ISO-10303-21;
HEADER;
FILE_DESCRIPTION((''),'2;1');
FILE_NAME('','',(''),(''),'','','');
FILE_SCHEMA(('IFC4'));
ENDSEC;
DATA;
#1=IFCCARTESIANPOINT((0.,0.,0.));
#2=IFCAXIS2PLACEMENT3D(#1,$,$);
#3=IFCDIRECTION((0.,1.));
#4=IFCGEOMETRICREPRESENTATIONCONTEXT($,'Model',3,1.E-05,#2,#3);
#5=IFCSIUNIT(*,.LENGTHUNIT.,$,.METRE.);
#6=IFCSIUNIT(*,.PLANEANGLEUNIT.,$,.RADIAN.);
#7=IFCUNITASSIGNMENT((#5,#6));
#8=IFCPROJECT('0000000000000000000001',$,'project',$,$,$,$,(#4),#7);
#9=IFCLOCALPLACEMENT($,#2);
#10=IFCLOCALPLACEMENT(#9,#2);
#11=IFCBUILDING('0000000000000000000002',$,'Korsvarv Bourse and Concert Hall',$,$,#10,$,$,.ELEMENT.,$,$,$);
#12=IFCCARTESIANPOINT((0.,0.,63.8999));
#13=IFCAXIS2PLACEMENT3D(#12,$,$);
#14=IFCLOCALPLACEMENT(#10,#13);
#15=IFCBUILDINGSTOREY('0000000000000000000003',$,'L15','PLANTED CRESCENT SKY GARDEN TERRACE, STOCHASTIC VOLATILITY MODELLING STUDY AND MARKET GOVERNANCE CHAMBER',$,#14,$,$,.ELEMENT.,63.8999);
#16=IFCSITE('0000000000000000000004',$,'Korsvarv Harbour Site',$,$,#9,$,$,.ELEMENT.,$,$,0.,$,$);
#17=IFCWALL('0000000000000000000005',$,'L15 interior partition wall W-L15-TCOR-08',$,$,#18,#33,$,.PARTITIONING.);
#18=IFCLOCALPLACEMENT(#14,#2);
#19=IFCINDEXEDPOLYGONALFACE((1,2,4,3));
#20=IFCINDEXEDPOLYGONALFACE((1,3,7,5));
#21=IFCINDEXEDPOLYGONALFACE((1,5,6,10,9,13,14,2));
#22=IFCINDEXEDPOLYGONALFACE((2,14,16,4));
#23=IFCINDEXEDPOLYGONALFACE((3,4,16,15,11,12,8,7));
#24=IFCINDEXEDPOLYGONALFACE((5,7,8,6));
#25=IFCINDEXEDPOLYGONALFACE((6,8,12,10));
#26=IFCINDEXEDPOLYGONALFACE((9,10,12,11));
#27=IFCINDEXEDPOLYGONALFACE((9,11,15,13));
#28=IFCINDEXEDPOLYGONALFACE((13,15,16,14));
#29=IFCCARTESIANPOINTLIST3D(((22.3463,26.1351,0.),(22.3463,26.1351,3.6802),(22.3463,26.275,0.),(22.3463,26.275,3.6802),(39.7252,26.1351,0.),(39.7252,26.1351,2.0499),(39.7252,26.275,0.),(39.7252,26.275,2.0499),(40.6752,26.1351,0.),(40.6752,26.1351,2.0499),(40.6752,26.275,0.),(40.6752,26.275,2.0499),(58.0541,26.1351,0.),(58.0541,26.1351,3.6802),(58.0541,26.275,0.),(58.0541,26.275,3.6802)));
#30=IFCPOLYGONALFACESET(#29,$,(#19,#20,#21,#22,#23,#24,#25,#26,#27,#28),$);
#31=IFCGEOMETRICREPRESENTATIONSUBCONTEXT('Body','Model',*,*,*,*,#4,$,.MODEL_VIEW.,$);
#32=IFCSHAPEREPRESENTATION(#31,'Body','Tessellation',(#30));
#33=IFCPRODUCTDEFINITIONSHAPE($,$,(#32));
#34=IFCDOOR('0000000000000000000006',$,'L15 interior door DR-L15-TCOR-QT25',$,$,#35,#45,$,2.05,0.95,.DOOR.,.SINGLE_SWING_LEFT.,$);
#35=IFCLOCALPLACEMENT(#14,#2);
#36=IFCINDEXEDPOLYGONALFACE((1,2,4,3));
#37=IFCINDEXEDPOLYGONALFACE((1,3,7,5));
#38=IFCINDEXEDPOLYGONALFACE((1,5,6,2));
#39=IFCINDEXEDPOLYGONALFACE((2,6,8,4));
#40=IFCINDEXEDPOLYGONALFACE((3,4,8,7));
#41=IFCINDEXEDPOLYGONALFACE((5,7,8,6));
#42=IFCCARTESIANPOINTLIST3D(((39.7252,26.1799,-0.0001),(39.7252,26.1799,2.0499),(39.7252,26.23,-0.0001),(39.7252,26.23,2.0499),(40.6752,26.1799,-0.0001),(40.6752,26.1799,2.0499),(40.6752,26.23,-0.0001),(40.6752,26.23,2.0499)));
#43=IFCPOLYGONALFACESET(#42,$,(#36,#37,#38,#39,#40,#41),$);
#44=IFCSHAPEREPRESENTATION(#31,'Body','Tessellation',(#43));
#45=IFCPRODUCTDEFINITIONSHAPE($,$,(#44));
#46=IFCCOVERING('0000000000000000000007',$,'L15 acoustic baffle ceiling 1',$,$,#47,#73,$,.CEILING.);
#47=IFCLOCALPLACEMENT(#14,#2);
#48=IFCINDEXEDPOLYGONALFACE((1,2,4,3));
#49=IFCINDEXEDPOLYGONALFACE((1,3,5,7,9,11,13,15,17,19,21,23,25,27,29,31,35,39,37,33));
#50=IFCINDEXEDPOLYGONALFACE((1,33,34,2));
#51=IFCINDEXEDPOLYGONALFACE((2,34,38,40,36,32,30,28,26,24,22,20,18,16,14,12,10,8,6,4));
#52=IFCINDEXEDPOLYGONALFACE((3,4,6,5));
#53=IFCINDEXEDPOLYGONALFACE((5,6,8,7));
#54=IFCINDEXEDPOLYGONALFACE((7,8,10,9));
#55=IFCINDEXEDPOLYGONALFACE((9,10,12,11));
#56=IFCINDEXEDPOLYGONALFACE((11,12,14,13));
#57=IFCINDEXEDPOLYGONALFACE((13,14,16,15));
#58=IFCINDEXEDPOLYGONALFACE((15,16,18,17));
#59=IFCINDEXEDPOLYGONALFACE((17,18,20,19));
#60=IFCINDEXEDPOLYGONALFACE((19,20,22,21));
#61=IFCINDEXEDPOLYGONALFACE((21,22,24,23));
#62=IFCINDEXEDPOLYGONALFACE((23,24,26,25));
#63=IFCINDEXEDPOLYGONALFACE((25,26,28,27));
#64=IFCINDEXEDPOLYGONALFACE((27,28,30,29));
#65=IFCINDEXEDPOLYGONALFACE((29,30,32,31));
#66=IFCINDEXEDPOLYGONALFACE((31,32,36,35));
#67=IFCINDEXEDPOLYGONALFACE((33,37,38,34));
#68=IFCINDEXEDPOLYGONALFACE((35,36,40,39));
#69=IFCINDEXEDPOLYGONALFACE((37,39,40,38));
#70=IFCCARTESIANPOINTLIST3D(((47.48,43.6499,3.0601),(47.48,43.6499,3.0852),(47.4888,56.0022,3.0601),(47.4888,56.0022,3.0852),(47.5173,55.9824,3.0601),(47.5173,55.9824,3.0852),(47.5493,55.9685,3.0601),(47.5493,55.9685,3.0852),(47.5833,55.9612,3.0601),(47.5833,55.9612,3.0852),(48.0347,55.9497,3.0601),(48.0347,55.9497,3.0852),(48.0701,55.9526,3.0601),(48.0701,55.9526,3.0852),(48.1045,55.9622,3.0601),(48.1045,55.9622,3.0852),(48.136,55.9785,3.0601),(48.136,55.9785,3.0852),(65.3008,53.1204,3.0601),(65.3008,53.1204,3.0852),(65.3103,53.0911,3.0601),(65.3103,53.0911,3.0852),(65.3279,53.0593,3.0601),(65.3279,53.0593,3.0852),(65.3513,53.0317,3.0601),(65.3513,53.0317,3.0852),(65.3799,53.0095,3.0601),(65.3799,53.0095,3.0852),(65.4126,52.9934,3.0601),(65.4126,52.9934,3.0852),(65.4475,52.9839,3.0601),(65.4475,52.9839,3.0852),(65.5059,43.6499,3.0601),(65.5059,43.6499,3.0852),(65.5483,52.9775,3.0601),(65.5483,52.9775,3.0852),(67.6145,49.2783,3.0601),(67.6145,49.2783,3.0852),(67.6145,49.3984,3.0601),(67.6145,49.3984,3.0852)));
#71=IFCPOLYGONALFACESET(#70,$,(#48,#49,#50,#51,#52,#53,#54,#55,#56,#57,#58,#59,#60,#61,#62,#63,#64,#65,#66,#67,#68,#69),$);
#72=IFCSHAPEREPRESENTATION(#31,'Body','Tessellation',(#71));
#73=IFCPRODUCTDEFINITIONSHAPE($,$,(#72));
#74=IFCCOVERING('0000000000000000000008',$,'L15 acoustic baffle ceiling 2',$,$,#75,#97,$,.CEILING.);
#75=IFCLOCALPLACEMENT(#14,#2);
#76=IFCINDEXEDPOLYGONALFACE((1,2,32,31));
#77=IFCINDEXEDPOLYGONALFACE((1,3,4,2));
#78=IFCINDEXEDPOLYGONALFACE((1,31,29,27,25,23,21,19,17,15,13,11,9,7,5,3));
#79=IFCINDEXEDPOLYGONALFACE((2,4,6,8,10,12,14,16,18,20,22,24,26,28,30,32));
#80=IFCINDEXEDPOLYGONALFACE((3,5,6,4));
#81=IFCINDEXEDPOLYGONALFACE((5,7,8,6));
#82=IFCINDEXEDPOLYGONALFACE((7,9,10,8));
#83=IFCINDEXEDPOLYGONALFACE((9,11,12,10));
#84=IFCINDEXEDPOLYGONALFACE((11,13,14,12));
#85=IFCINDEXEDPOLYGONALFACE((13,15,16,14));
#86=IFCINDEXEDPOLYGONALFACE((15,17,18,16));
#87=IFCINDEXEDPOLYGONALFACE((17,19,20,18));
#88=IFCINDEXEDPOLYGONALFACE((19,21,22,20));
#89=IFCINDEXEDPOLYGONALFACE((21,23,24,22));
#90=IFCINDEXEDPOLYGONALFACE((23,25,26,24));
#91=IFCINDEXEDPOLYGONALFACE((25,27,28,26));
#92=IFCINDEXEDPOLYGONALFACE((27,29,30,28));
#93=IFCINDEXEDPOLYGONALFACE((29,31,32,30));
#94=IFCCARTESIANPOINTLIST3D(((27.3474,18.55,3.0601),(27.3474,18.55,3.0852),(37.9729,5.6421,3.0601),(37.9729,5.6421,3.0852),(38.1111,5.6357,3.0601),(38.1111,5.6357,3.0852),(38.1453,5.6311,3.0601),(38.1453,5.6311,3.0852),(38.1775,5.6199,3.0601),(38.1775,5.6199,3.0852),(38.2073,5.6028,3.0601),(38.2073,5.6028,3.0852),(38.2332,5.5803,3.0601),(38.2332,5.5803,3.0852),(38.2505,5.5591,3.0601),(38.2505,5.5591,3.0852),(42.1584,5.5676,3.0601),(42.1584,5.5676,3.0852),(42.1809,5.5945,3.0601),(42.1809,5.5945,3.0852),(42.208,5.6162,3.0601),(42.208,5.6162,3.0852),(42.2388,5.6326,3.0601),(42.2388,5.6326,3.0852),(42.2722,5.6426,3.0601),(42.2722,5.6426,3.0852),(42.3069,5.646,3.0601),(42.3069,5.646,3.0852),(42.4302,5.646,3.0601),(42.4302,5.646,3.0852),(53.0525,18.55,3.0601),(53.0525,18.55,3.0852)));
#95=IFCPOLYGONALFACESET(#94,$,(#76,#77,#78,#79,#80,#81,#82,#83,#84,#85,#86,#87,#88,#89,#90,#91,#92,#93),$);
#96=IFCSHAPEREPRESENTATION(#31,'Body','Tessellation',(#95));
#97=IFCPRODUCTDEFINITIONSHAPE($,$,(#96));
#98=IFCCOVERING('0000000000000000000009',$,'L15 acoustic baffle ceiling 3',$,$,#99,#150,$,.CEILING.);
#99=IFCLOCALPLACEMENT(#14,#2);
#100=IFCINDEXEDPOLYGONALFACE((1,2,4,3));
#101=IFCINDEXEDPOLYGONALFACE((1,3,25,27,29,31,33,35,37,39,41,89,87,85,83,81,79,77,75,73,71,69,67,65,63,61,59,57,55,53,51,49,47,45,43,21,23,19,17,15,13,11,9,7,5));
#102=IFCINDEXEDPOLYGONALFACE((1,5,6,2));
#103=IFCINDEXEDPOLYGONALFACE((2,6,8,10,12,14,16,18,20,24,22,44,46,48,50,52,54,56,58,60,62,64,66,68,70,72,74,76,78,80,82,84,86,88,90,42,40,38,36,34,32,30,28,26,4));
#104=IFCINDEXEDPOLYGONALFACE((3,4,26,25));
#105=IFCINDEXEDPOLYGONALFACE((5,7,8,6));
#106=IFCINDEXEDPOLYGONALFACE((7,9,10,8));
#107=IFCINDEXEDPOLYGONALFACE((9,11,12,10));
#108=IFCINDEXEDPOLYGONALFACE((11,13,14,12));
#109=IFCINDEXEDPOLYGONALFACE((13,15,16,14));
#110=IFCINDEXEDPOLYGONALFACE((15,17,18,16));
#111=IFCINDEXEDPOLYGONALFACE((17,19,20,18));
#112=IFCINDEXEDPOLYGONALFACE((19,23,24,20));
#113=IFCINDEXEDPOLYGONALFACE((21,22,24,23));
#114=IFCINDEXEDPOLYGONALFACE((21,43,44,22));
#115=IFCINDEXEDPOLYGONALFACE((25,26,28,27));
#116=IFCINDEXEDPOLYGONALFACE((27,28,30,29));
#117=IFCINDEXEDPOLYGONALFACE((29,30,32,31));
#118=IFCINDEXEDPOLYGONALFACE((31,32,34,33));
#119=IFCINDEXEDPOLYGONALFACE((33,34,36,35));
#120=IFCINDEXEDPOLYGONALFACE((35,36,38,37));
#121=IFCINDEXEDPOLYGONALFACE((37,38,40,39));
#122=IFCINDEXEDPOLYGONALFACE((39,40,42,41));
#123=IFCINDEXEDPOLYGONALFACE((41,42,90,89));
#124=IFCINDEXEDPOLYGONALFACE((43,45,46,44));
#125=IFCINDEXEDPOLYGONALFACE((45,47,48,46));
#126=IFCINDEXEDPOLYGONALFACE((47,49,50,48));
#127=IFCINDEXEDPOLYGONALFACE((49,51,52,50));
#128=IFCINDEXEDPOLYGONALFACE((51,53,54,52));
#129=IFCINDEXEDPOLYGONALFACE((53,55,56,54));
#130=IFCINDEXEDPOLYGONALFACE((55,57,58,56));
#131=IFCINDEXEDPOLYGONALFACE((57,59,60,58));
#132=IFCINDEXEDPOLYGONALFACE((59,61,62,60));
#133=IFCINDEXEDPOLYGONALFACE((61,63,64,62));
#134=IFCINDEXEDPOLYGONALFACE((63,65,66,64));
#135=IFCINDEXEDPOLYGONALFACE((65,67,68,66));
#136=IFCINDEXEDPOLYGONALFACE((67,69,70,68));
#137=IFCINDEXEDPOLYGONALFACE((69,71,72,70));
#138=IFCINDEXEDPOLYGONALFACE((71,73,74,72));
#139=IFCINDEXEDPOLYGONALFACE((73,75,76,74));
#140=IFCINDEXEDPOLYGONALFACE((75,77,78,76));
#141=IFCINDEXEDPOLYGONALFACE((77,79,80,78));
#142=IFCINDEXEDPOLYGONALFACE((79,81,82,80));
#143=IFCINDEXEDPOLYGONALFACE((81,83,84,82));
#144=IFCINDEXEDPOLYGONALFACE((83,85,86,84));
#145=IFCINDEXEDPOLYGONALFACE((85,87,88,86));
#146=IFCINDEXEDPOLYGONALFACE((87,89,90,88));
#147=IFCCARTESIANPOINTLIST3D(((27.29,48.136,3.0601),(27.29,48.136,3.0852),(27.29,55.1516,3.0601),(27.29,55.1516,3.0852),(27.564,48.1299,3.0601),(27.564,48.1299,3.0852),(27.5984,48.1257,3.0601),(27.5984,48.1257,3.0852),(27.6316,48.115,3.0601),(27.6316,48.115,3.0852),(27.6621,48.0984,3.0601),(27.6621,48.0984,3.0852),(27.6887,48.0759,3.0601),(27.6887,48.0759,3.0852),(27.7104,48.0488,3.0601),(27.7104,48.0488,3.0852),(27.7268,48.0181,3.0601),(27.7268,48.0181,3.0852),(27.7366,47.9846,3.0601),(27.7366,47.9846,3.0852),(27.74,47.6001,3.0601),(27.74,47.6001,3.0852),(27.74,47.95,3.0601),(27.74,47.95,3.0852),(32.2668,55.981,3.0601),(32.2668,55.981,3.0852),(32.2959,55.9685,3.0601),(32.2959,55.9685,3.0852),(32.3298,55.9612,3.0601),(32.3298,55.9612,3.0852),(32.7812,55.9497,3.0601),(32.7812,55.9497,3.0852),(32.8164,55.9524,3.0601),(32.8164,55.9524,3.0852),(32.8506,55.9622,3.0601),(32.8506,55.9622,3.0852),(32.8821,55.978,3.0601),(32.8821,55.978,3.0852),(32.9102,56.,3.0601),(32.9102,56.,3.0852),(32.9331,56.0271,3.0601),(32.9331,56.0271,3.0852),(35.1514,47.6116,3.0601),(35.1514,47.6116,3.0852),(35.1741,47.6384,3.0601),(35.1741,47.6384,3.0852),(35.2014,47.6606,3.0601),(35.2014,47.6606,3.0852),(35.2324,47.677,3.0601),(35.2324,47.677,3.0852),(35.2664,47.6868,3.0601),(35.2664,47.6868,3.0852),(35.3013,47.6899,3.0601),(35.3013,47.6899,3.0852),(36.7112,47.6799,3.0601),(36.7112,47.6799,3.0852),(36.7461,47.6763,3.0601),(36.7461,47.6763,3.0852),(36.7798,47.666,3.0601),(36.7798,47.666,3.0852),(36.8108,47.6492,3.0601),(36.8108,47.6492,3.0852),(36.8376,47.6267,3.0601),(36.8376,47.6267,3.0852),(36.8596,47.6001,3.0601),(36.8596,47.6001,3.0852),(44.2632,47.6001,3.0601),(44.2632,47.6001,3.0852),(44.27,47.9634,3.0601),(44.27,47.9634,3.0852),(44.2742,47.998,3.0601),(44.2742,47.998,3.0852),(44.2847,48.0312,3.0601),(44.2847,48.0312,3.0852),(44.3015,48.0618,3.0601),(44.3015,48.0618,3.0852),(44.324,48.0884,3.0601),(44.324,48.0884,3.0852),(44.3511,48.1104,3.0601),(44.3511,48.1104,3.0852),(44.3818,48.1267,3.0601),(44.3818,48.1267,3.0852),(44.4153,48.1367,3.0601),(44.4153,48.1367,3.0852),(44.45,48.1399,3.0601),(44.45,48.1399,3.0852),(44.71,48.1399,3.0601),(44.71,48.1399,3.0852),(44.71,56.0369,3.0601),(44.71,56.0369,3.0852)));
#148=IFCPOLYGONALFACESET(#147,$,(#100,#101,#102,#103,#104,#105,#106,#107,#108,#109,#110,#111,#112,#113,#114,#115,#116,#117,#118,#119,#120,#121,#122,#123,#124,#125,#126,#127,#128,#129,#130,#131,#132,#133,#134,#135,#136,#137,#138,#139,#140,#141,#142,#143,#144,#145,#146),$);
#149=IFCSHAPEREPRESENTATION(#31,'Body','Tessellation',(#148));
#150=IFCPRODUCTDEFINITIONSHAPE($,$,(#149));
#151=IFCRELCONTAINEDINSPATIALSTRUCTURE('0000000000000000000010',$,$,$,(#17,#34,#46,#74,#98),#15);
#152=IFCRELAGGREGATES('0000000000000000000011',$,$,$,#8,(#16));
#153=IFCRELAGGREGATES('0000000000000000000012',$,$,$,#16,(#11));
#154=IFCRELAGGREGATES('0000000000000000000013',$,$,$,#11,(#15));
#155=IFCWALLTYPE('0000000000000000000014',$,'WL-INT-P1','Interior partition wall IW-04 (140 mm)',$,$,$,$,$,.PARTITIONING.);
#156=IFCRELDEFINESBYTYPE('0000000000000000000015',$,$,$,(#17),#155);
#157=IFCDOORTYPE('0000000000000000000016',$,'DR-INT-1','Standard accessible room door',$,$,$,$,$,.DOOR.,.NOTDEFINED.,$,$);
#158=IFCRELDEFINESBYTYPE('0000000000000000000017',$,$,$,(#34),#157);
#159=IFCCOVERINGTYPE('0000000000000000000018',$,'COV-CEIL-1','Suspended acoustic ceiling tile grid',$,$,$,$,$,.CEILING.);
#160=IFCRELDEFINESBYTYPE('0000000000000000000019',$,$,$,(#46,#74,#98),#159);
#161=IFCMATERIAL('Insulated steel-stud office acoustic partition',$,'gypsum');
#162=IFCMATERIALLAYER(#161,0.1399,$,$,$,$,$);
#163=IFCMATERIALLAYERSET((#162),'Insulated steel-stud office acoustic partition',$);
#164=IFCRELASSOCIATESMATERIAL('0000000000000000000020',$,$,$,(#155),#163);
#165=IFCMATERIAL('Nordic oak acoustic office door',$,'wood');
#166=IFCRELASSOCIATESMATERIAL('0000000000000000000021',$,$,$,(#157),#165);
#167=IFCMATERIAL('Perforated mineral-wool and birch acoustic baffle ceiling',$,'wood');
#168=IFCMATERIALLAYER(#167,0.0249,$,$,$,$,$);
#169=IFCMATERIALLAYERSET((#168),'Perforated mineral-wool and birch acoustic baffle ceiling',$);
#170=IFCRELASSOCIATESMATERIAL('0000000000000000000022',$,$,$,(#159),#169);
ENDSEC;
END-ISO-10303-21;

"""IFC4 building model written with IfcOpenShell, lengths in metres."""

from ifc_helpers import new_model, si_unit, direction, frame, frame_2d, origin, place, context, subcontext, project, spatial, polyline, rectangle, outline, extrude, material, layer, layer_set, type_object, element, fill, save


model = new_model("IFC4")

# Units and contexts
model_context = context("Model", 3, precision=1e-05, world=origin(), true_north=direction((0.0, 1.0)))
body_context = subcontext(model_context, "Body", "Model", "MODEL_VIEW")
ifc_project = project(units=[si_unit("LENGTHUNIT", "METRE"), si_unit("PLANEANGLEUNIT", "RADIAN")], contexts=[model_context])

# Site, building, storey
site_placement = place(None, origin())
site = spatial("IfcSite", under=ifc_project, at=site_placement, Name="Korsvarv Harbour Site", CompositionType="ELEMENT", RefElevation=0.0)
building_placement = place(site_placement, origin())
building = spatial("IfcBuilding", under=site, at=building_placement, Name="Korsvarv Bourse and Concert Hall", CompositionType="ELEMENT")
storey_placement = place(building_placement, frame((0.0, 0.0, 63.8999)))
storey = spatial("IfcBuildingStorey", under=building, at=storey_placement, Name="L15", Description="PLANTED CRESCENT SKY GARDEN TERRACE, STOCHASTIC VOLATILITY MODELLING STUDY AND MARKET GOVERNANCE CHAMBER", CompositionType="ELEMENT", Elevation=63.8999)

# Wall, opening, door
ifc_material_1 = material(Name="Insulated steel-stud office acoustic partition", Category="gypsum")
ifc_layer_1 = layer(ifc_material_1, 0.1399)
ifc_layer_set_1 = layer_set([ifc_layer_1], Name="Insulated steel-stud office acoustic partition")
wall_type = type_object("IfcWallType", Name="WL-INT-P1", Description="Interior partition wall IW-04 (140 mm)", PredefinedType="PARTITIONING", material=ifc_layer_set_1)
wall_placement = place(storey_placement, frame((22.3462, 26.2051, 0.0), z_axis=(0.0, 0.0, 1.0), x_axis=(1.0, 0.0, 0.0)))
wall = element("IfcWall", 1, at=wall_placement, inside=storey, type_object=wall_type, Name="L15 interior partition wall W-L15-TCOR-08", PredefinedType="PARTITIONING", context=body_context, shape_type="SweptSolid", body=[
    extrude(rectangle(XDim=35.7078, YDim=0.1399, at=frame_2d((17.854, 0.0))), origin(), (0.0, 0.0, 1.0), 3.6802),
])
opening_placement = place(wall_placement, frame((17.3789, 0.0, 0.0)))
opening = element("IfcOpeningElement", 2, at=opening_placement, cuts=wall, PredefinedType="OPENING", context=body_context, shape_type="SweptSolid", body=[
    extrude(rectangle(XDim=0.95, YDim=2.05, at=frame_2d((0.4751, 1.0249))), frame((0.0, 0.0801, 0.0), z_axis=(0.0, -1.0, 0.0), x_axis=(1.0, 0.0, 0.0)), (0.0, 0.0, 1.0), 0.1599),
])
ifc_material_2 = material(Name="Nordic oak acoustic office door", Category="wood")
door_type = type_object("IfcDoorType", Name="DR-INT-1", Description="Standard accessible room door", OperationType="NOTDEFINED", PredefinedType="DOOR", material=ifc_material_2)
door_placement = place(opening_placement, origin())
door = element("IfcDoor", 3, at=door_placement, inside=storey, type_object=door_type, Name="L15 interior door DR-L15-TCOR-QT25", OperationType="SINGLE_SWING_LEFT", OverallHeight=2.05, OverallWidth=0.95, PredefinedType="DOOR", context=body_context, shape_type="SweptSolid", body=[
    extrude(rectangle(XDim=0.95, YDim=2.05, at=frame_2d((0.4751, 1.0249))), frame((0.0, 0.0249, 0.0), z_axis=(0.0, -1.0, 0.0), x_axis=(1.0, 0.0, 0.0)), (0.0, 0.0, 1.0), 0.05),
])
fill(opening, door)

# Coverings
ifc_material_3 = material(Name="Perforated mineral-wool and birch acoustic baffle ceiling", Category="wood")
ifc_layer_2 = layer(ifc_material_3, 0.0249)
ifc_layer_set_2 = layer_set([ifc_layer_2], Name="Perforated mineral-wool and birch acoustic baffle ceiling")
covering_type_1 = type_object("IfcCoveringType", Name="COV-CEIL-1", Description="Suspended acoustic ceiling tile grid", PredefinedType="CEILING", material=ifc_layer_set_2)
covering_1_placement = place(storey_placement, frame((0.0, 0.0, 3.0601)))
element("IfcCovering", 4, at=covering_1_placement, inside=storey, type_object=covering_type_1, Name="L15 acoustic baffle ceiling 1", PredefinedType="CEILING", context=body_context, shape_type="SweptSolid", body=[
    extrude(outline(polyline([(47.4888, 56.0022), (47.5173, 55.9824), (47.5493, 55.9685), (47.5833, 55.9612), (48.0347, 55.9497), (48.0701, 55.9526), (48.1045, 55.9622), (48.136, 55.9785), (65.3008, 53.1204), (65.3103, 53.0911), (65.3279, 53.0593), (65.3513, 53.0317), (65.3799, 53.0095), (65.4126, 52.9934), (65.4475, 52.9839), (65.5483, 52.9775), (67.6145, 49.3984), (67.6145, 49.2783), (65.5059, 43.6499), (47.48, 43.6499), (47.4888, 56.0022)])), origin(), (0.0, 0.0, 1.0), 0.0251),
])
covering_2_placement = place(storey_placement, frame((0.0, 0.0, 3.0601)))
element("IfcCovering", 5, at=covering_2_placement, inside=storey, type_object=covering_type_1, Name="L15 acoustic baffle ceiling 2", PredefinedType="CEILING", context=body_context, shape_type="SweptSolid", body=[
    extrude(outline(polyline([(53.0525, 18.55), (42.4302, 5.646), (42.3069, 5.646), (42.2722, 5.6426), (42.2388, 5.6326), (42.208, 5.6162), (42.1809, 5.5945), (42.1584, 5.5676), (38.2505, 5.5591), (38.2332, 5.5803), (38.2073, 5.6028), (38.1775, 5.6199), (38.1453, 5.6311), (38.1111, 5.6357), (37.9729, 5.6421), (27.3474, 18.55), (53.0525, 18.55)])), origin(), (0.0, 0.0, 1.0), 0.0251),
])
covering_3_placement = place(storey_placement, frame((0.0, 0.0, 3.0601)))
element("IfcCovering", 6, at=covering_3_placement, inside=storey, type_object=covering_type_1, Name="L15 acoustic baffle ceiling 3", PredefinedType="CEILING", context=body_context, shape_type="SweptSolid", body=[
    extrude(outline(polyline([(32.2668, 55.981), (32.2959, 55.9685), (32.3298, 55.9612), (32.7812, 55.9497), (32.8164, 55.9524), (32.8506, 55.9622), (32.8821, 55.978), (32.9102, 56.0), (32.9331, 56.0271), (44.71, 56.0369), (44.71, 48.1399), (44.45, 48.1399), (44.4153, 48.1367), (44.3818, 48.1267), (44.3511, 48.1104), (44.324, 48.0884), (44.3015, 48.0618), (44.2847, 48.0312), (44.2742, 47.998), (44.27, 47.9634), (44.2632, 47.6001), (36.8596, 47.6001), (36.8376, 47.6267), (36.8108, 47.6492), (36.7798, 47.666), (36.7461, 47.6763), (36.7112, 47.6799), (35.3013, 47.6899), (35.2664, 47.6868), (35.2324, 47.677), (35.2014, 47.6606), (35.1741, 47.6384), (35.1514, 47.6116), (27.74, 47.6001), (27.74, 47.95), (27.7366, 47.9846), (27.7268, 48.0181), (27.7104, 48.0488), (27.6887, 48.0759), (27.6621, 48.0984), (27.6316, 48.115), (27.5984, 48.1257), (27.564, 48.1299), (27.29, 48.136), (27.29, 55.1516), (32.2668, 55.981)])), origin(), (0.0, 0.0, 1.0), 0.0251),
])

save(model, "model.ifc")
